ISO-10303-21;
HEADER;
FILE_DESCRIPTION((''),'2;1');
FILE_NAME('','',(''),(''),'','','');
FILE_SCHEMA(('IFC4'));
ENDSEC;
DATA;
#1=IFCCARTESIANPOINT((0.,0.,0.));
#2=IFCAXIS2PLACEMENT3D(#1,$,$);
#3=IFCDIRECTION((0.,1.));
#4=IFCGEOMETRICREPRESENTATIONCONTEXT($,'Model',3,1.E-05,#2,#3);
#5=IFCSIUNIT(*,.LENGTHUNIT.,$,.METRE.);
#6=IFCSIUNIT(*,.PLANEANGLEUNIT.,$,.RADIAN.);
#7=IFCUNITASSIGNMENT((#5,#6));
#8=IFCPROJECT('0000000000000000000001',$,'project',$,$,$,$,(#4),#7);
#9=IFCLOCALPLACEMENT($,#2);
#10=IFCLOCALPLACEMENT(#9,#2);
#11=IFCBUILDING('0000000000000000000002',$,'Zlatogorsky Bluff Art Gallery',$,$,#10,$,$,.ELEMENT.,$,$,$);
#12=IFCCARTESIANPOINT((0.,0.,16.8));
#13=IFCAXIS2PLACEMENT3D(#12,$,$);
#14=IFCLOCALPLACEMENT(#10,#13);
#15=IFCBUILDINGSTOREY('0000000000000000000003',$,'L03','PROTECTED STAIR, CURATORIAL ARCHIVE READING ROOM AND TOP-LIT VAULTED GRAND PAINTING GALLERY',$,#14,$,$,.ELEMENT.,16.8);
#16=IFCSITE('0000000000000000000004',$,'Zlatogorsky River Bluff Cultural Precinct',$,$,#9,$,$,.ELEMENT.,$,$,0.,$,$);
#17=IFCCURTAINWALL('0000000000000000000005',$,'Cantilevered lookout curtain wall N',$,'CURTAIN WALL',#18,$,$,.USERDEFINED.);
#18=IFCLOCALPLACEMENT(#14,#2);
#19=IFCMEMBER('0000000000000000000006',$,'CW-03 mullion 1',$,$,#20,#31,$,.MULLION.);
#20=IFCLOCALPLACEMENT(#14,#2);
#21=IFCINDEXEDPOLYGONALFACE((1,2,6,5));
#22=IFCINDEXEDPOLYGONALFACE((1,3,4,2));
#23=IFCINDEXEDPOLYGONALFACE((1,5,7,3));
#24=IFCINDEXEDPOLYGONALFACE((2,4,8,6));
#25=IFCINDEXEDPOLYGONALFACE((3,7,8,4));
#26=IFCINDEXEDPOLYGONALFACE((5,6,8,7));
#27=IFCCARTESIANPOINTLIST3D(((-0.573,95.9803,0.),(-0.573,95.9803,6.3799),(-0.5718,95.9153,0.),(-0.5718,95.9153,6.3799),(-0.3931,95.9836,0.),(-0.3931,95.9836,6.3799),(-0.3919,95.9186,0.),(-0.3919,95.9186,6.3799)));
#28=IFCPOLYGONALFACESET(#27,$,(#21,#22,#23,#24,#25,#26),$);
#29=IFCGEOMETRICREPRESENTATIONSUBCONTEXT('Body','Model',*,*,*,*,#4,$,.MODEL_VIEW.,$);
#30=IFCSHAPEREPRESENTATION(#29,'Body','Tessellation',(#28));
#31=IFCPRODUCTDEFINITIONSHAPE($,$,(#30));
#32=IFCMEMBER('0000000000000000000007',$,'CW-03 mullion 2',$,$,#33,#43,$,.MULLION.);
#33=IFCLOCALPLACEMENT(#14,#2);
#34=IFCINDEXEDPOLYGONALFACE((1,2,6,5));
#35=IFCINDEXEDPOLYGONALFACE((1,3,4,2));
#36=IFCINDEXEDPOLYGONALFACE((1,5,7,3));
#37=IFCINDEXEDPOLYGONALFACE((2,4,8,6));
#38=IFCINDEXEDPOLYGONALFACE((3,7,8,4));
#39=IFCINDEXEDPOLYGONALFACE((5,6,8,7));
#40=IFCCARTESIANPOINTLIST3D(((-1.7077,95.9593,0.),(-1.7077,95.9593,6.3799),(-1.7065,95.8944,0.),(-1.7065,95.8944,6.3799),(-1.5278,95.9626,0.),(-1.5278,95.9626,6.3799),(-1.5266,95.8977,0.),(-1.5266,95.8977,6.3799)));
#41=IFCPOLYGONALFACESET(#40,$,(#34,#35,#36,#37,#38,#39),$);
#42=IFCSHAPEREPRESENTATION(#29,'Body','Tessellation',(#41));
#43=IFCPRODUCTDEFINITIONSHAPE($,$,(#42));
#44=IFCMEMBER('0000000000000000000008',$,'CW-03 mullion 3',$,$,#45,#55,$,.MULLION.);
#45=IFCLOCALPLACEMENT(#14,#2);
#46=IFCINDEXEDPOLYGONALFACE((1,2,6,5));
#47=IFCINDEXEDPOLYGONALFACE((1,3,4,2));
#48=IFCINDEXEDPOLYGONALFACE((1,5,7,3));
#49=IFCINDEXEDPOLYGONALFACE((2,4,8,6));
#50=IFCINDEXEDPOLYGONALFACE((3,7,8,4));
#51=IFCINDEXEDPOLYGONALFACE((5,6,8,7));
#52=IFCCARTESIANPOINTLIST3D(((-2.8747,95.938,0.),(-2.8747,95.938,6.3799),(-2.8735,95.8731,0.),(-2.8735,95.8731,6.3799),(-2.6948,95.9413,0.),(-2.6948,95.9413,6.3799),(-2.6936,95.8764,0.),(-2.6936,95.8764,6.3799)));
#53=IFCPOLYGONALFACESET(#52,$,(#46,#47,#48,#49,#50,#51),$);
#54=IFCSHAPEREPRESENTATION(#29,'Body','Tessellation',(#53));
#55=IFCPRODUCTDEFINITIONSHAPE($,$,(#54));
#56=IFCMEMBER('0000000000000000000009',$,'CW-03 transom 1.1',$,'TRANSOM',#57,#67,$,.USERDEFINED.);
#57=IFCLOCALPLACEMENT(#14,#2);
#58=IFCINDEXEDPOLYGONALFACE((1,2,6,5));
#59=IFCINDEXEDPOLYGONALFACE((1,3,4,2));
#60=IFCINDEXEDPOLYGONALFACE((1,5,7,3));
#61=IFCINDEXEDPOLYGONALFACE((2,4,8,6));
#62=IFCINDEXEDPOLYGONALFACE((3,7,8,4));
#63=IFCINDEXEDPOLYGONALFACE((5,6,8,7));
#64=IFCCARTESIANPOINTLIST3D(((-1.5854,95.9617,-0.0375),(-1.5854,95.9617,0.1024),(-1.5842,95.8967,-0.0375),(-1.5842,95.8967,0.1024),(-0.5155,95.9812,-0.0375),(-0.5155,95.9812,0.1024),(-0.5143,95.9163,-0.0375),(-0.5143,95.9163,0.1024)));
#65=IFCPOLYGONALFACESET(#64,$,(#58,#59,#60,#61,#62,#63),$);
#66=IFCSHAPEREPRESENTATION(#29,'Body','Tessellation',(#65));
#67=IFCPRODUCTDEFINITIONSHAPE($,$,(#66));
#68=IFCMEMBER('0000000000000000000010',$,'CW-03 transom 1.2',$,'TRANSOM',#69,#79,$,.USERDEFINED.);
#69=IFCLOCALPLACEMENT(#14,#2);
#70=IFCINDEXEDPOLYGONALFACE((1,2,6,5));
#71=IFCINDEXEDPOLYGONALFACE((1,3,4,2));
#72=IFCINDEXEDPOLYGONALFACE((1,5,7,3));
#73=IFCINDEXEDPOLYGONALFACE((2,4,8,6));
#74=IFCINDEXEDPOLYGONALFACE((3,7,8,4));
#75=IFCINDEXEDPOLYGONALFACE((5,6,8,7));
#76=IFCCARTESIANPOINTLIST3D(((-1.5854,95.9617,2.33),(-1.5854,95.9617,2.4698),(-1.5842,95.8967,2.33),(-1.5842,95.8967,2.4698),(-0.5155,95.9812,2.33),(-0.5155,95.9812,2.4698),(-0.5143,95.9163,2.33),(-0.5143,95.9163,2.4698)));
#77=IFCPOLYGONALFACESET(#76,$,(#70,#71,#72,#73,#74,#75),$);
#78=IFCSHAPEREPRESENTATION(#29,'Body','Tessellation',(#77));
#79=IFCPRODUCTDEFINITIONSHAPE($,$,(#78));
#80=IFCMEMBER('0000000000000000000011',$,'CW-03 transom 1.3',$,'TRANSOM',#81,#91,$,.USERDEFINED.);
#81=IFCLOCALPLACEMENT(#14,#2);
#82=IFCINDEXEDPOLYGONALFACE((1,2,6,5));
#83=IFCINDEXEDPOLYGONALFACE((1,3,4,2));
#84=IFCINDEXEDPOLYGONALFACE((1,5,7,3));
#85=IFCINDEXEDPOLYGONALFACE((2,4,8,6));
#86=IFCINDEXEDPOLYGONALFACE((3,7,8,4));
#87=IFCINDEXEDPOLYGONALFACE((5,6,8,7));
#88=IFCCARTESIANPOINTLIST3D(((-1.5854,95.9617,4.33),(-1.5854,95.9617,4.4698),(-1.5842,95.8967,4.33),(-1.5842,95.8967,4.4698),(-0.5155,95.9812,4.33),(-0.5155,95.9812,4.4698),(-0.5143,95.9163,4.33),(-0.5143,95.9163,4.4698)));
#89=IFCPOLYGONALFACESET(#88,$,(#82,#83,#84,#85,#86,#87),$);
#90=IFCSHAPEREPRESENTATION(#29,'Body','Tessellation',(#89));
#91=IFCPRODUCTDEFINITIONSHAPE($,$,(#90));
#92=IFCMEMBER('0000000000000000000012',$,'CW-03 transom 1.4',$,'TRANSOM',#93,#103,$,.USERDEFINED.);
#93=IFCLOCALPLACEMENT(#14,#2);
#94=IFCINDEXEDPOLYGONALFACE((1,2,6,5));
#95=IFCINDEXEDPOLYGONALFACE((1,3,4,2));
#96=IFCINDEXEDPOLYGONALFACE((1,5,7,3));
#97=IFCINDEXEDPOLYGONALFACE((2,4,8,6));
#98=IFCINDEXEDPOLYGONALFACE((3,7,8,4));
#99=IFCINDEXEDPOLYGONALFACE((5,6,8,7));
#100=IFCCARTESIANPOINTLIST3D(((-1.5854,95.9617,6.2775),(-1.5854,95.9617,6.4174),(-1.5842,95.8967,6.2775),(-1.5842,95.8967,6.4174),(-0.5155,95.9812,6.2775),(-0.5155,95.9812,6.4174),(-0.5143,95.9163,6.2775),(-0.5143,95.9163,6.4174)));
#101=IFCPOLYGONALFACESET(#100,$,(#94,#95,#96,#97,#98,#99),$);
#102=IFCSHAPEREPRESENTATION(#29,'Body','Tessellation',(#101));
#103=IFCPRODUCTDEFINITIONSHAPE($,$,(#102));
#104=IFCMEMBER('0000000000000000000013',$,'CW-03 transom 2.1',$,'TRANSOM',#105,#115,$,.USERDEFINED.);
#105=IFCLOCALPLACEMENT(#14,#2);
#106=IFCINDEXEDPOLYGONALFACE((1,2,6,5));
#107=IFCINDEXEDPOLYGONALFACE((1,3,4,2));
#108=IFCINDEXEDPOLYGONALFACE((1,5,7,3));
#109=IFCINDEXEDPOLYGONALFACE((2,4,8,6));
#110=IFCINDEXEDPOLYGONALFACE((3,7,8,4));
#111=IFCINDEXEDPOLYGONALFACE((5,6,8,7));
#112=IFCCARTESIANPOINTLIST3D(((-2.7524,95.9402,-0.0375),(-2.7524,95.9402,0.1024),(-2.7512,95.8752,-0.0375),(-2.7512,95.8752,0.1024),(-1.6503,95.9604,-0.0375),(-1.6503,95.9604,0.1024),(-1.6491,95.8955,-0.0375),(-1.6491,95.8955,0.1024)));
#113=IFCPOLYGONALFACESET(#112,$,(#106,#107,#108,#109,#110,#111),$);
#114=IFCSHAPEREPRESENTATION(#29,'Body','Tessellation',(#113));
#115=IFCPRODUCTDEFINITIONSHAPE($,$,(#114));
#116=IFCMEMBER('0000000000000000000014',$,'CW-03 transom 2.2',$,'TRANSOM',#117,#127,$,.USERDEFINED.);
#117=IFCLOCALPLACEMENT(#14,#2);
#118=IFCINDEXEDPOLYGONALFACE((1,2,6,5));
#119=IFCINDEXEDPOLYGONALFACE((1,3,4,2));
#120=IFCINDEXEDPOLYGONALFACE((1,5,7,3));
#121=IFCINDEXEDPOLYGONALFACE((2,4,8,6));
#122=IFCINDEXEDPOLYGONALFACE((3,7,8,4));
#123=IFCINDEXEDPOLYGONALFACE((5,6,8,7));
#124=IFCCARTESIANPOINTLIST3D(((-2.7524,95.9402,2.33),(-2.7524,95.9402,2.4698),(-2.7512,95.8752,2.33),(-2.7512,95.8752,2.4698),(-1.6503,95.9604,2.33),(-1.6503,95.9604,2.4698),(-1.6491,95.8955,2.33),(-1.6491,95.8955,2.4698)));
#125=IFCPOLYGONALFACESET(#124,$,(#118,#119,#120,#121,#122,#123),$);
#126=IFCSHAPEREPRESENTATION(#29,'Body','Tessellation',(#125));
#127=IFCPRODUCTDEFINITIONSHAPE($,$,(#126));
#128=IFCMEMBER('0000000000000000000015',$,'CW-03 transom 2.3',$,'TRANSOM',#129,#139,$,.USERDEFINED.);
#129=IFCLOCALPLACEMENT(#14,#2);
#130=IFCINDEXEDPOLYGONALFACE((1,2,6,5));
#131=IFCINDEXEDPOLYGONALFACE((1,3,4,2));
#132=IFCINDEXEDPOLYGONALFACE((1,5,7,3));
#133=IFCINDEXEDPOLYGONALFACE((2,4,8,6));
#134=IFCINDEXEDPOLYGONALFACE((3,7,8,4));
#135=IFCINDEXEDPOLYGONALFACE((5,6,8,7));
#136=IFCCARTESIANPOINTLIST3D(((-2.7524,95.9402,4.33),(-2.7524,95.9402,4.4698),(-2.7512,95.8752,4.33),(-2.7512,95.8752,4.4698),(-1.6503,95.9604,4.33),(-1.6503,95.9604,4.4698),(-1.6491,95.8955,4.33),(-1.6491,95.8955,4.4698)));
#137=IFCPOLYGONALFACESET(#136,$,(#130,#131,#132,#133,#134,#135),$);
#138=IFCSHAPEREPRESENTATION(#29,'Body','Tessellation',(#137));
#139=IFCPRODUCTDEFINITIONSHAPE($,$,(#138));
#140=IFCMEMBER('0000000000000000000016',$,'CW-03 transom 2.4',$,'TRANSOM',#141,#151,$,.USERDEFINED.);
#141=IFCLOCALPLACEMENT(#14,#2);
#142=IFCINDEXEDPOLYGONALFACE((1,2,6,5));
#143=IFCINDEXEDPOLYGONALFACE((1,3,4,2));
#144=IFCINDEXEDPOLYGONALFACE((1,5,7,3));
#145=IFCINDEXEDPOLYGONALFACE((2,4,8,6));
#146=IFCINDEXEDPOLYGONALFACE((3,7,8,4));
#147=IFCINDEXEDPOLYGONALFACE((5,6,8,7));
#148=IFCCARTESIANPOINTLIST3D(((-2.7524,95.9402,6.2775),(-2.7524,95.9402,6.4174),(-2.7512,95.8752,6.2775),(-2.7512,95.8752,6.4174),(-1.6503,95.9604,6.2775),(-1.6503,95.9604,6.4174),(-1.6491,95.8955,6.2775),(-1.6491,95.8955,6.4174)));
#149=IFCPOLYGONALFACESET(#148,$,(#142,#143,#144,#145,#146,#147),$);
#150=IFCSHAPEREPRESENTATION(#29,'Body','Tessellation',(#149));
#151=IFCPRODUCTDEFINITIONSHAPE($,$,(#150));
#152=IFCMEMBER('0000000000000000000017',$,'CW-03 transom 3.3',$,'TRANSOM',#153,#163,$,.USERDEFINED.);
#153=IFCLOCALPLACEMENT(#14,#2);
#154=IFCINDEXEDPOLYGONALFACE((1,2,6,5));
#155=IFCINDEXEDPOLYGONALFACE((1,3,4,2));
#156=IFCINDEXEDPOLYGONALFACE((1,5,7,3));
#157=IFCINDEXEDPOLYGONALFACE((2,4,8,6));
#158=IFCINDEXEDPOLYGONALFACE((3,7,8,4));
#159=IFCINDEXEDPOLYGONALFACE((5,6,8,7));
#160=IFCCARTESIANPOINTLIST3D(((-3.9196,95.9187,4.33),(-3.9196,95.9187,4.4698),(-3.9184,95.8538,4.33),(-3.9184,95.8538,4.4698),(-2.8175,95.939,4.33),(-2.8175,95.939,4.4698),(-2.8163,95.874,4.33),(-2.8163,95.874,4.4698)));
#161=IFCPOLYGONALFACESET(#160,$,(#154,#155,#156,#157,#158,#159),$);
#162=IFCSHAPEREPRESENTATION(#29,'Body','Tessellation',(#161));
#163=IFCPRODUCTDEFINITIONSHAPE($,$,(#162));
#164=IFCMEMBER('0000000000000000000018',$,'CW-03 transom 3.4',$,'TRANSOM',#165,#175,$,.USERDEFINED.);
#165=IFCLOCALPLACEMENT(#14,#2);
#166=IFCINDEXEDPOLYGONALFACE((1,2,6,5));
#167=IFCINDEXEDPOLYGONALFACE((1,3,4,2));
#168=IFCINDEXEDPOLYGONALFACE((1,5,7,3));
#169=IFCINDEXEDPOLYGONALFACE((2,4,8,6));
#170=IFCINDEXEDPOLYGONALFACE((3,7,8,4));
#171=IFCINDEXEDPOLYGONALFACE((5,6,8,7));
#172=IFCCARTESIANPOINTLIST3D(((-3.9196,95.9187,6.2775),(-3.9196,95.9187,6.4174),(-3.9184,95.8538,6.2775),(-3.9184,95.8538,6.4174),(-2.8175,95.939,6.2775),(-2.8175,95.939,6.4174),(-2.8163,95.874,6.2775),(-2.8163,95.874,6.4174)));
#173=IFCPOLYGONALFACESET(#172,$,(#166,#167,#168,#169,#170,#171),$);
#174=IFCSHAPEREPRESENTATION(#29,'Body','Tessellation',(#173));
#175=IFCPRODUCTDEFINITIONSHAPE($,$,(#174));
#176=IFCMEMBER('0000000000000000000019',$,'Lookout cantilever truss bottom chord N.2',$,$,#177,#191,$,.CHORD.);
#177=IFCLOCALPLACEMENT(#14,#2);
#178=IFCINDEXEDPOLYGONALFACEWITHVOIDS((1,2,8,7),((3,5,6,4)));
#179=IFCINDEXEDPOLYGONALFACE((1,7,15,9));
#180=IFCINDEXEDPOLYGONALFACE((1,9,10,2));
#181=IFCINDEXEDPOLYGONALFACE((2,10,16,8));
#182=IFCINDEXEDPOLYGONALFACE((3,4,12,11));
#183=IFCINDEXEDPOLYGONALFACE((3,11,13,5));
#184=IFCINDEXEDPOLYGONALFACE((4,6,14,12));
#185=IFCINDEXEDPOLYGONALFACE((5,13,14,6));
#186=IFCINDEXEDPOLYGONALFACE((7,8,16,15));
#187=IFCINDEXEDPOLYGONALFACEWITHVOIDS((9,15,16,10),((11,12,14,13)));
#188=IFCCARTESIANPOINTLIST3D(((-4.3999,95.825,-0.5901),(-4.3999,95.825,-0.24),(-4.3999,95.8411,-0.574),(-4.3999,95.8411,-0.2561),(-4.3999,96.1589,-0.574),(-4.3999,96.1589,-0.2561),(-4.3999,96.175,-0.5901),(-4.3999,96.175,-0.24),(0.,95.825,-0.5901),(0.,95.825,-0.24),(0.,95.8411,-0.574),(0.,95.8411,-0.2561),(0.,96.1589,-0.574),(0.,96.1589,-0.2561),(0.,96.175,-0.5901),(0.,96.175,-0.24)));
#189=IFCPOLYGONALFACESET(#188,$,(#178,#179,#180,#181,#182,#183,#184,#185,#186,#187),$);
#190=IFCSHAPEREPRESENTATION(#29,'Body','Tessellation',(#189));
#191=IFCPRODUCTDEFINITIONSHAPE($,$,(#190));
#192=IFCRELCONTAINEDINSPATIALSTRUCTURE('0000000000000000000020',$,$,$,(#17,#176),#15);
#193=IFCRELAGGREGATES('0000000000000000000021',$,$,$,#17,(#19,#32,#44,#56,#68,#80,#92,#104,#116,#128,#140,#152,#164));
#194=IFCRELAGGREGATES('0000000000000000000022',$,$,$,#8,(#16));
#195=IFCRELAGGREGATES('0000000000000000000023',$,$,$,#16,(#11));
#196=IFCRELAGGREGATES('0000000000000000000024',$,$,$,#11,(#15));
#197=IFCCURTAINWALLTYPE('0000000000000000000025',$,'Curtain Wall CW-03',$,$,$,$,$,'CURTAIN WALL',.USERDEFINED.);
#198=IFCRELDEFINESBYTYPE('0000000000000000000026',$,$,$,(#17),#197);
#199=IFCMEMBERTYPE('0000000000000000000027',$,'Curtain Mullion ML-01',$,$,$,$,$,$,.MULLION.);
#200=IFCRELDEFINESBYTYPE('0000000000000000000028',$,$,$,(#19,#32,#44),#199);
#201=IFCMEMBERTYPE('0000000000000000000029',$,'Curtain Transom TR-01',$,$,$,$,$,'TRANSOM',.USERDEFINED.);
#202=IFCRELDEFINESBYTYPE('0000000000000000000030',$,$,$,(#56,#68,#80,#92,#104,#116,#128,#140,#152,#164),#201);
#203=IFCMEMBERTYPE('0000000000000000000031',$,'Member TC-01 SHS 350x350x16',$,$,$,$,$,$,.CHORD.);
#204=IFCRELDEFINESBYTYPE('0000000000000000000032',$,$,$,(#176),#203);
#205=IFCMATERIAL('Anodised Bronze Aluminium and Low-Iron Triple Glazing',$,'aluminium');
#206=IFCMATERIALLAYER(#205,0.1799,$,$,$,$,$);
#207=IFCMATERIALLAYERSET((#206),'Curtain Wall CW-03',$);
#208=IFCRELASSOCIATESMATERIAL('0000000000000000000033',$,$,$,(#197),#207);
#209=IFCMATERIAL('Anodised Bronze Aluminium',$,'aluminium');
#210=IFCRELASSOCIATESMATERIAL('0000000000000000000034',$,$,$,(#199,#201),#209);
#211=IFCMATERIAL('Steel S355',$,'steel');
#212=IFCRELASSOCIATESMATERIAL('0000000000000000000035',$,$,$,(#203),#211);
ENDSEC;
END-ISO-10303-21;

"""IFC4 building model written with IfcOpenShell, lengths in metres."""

from ifc_helpers import new_model, si_unit, direction, frame, origin, origin_2d, place, context, subcontext, project, spatial, rectangle, hollow_rectangle, extrude, material, layer, layer_set, material_profile, profile_set, type_object, element, aggregate, save


model = new_model("IFC4")

# Units and contexts
model_context = context("Model", 3, precision=1e-05, world=origin(), true_north=direction((0.0, 1.0)))
body_context = subcontext(model_context, "Body", "Model", "MODEL_VIEW")
ifc_project = project(units=[si_unit("LENGTHUNIT", "METRE"), si_unit("PLANEANGLEUNIT", "RADIAN")], contexts=[model_context])

# Site, building, storey
site_placement = place(None, origin())
site = spatial("IfcSite", under=ifc_project, at=site_placement, Name="Zlatogorsky River Bluff Cultural Precinct", CompositionType="ELEMENT", RefElevation=0.0)
building_placement = place(site_placement, origin())
building = spatial("IfcBuilding", under=site, at=building_placement, Name="Zlatogorsky Bluff Art Gallery", CompositionType="ELEMENT")
storey_placement = place(building_placement, frame((0.0, 0.0, 16.8)))
storey = spatial("IfcBuildingStorey", under=building, at=storey_placement, Name="L03", Description="PROTECTED STAIR, CURATORIAL ARCHIVE READING ROOM AND TOP-LIT VAULTED GRAND PAINTING GALLERY", CompositionType="ELEMENT", Elevation=16.8)

# Curtain wall, members
ifc_material_1 = material(Name="Anodised Bronze Aluminium and Low-Iron Triple Glazing", Category="aluminium")
ifc_layer_1 = layer(ifc_material_1, 0.1799)
ifc_layer_set_1 = layer_set([ifc_layer_1], Name="Curtain Wall CW-03")
curtain_wall_type = type_object("IfcCurtainWallType", Name="Curtain Wall CW-03", ElementType="CURTAIN WALL", PredefinedType="USERDEFINED", material=ifc_layer_set_1)
curtain_wall_placement = place(storey_placement, origin())
curtain_wall = element("IfcCurtainWall", 1, at=curtain_wall_placement, inside=storey, type_object=curtain_wall_type, Name="Cantilevered lookout curtain wall N", ObjectType="CURTAIN WALL", PredefinedType="USERDEFINED")
ifc_material_2 = material(Name="Anodised Bronze Aluminium", Category="aluminium")
ifc_material_profile_1 = material_profile(ifc_material_2, rectangle(XDim=0.0649, YDim=0.1799, at=origin_2d()), Name="ALU MULLION 65x180")
ifc_profile_set_1 = profile_set([ifc_material_profile_1], Name="Anodised Bronze Aluminium")
member_type_1 = type_object("IfcMemberType", Name="Curtain Mullion ML-01", PredefinedType="MULLION", material=ifc_profile_set_1)
member_1_placement = place(storey_placement, frame((-0.4824, 95.9495, 0.0), z_axis=(0.0, 0.0, 1.0), x_axis=(0.018357, -0.999832, 0.0)))
member_1 = element("IfcMember", 2, at=member_1_placement, type_object=member_type_1, Name="CW-03 mullion 1", PredefinedType="MULLION", context=body_context, shape_type="SweptSolid", body=[
    extrude(rectangle(XDim=0.0649, YDim=0.1799, at=origin_2d()), origin(), (0.0, 0.0, 1.0), 6.3799),
])
member_2_placement = place(storey_placement, frame((-1.6172, 95.9285, 0.0), z_axis=(0.0, 0.0, 1.0), x_axis=(0.018357, -0.999832, 0.0)))
member_2 = element("IfcMember", 3, at=member_2_placement, type_object=member_type_1, Name="CW-03 mullion 2", PredefinedType="MULLION", context=body_context, shape_type="SweptSolid", body=[
    extrude(rectangle(XDim=0.0649, YDim=0.1799, at=origin_2d()), origin(), (0.0, 0.0, 1.0), 6.3799),
])
member_3_placement = place(storey_placement, frame((-2.7842, 95.9072, 0.0), z_axis=(0.0, 0.0, 1.0), x_axis=(0.018357, -0.999832, 0.0)))
member_3 = element("IfcMember", 4, at=member_3_placement, type_object=member_type_1, Name="CW-03 mullion 3", PredefinedType="MULLION", context=body_context, shape_type="SweptSolid", body=[
    extrude(rectangle(XDim=0.0649, YDim=0.1799, at=origin_2d()), origin(), (0.0, 0.0, 1.0), 6.3799),
])
ifc_material_profile_2 = material_profile(ifc_material_2, rectangle(XDim=0.0649, YDim=0.1399, at=origin_2d()), Name="ALU TRANSOM 65x140")
ifc_profile_set_2 = profile_set([ifc_material_profile_2], Name="Anodised Bronze Aluminium")
member_type_2 = type_object("IfcMemberType", Name="Curtain Transom TR-01", ElementType="TRANSOM", PredefinedType="USERDEFINED", material=ifc_profile_set_2)
member_4_placement = place(storey_placement, frame((-0.5149, 95.9487, 0.0325), z_axis=(-0.999833, -0.018253, 0.0), x_axis=(0.018253, -0.999833, 0.0)))
member_4 = element("IfcMember", 5, at=member_4_placement, type_object=member_type_2, Name="CW-03 transom 1.1", ObjectType="TRANSOM", PredefinedType="USERDEFINED", context=body_context, shape_type="SweptSolid", body=[
    extrude(rectangle(XDim=0.0649, YDim=0.1399, at=origin_2d()), origin(), (0.0, 0.0, 1.0), 1.0701),
])
member_5_placement = place(storey_placement, frame((-0.5149, 95.9487, 2.3999), z_axis=(-0.999833, -0.018253, 0.0), x_axis=(0.018253, -0.999833, 0.0)))
member_5 = element("IfcMember", 6, at=member_5_placement, type_object=member_type_2, Name="CW-03 transom 1.2", ObjectType="TRANSOM", PredefinedType="USERDEFINED", context=body_context, shape_type="SweptSolid", body=[
    extrude(rectangle(XDim=0.0649, YDim=0.1399, at=origin_2d()), origin(), (0.0, 0.0, 1.0), 1.0701),
])
member_6_placement = place(storey_placement, frame((-0.5149, 95.9487, 4.3999), z_axis=(-0.999833, -0.018253, 0.0), x_axis=(0.018253, -0.999833, 0.0)))
member_6 = element("IfcMember", 7, at=member_6_placement, type_object=member_type_2, Name="CW-03 transom 1.3", ObjectType="TRANSOM", PredefinedType="USERDEFINED", context=body_context, shape_type="SweptSolid", body=[
    extrude(rectangle(XDim=0.0649, YDim=0.1399, at=origin_2d()), origin(), (0.0, 0.0, 1.0), 1.0701),
])
member_7_placement = place(storey_placement, frame((-0.5149, 95.9487, 6.3474), z_axis=(-0.999833, -0.018253, 0.0), x_axis=(0.018253, -0.999833, 0.0)))
member_7 = element("IfcMember", 8, at=member_7_placement, type_object=member_type_2, Name="CW-03 transom 1.4", ObjectType="TRANSOM", PredefinedType="USERDEFINED", context=body_context, shape_type="SweptSolid", body=[
    extrude(rectangle(XDim=0.0649, YDim=0.1399, at=origin_2d()), origin(), (0.0, 0.0, 1.0), 1.0701),
])
member_8_placement = place(storey_placement, frame((-1.6497, 95.928, 0.0325), z_axis=(-0.999831, -0.018384, 0.0), x_axis=(0.018384, -0.999831, 0.0)))
member_8 = element("IfcMember", 9, at=member_8_placement, type_object=member_type_2, Name="CW-03 transom 2.1", ObjectType="TRANSOM", PredefinedType="USERDEFINED", context=body_context, shape_type="SweptSolid", body=[
    extrude(rectangle(XDim=0.0649, YDim=0.1399, at=origin_2d()), origin(), (0.0, 0.0, 1.0), 1.1023),
])
member_9_placement = place(storey_placement, frame((-1.6497, 95.928, 2.3999), z_axis=(-0.999831, -0.018384, 0.0), x_axis=(0.018384, -0.999831, 0.0)))
member_9 = element("IfcMember", 10, at=member_9_placement, type_object=member_type_2, Name="CW-03 transom 2.2", ObjectType="TRANSOM", PredefinedType="USERDEFINED", context=body_context, shape_type="SweptSolid", body=[
    extrude(rectangle(XDim=0.0649, YDim=0.1399, at=origin_2d()), origin(), (0.0, 0.0, 1.0), 1.1023),
])
member_10_placement = place(storey_placement, frame((-1.6497, 95.928, 4.3999), z_axis=(-0.999831, -0.018384, 0.0), x_axis=(0.018384, -0.999831, 0.0)))
member_10 = element("IfcMember", 11, at=member_10_placement, type_object=member_type_2, Name="CW-03 transom 2.3", ObjectType="TRANSOM", PredefinedType="USERDEFINED", context=body_context, shape_type="SweptSolid", body=[
    extrude(rectangle(XDim=0.0649, YDim=0.1399, at=origin_2d()), origin(), (0.0, 0.0, 1.0), 1.1023),
])
member_11_placement = place(storey_placement, frame((-1.6497, 95.928, 6.3474), z_axis=(-0.999831, -0.018384, 0.0), x_axis=(0.018384, -0.999831, 0.0)))
member_11 = element("IfcMember", 12, at=member_11_placement, type_object=member_type_2, Name="CW-03 transom 2.4", ObjectType="TRANSOM", PredefinedType="USERDEFINED", context=body_context, shape_type="SweptSolid", body=[
    extrude(rectangle(XDim=0.0649, YDim=0.1399, at=origin_2d()), origin(), (0.0, 0.0, 1.0), 1.1023),
])
member_12_placement = place(storey_placement, frame((-2.8169, 95.9065, 4.3999), z_axis=(-0.999831, -0.018384, 0.0), x_axis=(0.018384, -0.999831, 0.0)))
member_12 = element("IfcMember", 13, at=member_12_placement, type_object=member_type_2, Name="CW-03 transom 3.3", ObjectType="TRANSOM", PredefinedType="USERDEFINED", context=body_context, shape_type="SweptSolid", body=[
    extrude(rectangle(XDim=0.0649, YDim=0.1399, at=origin_2d()), origin(), (0.0, 0.0, 1.0), 1.1023),
])
member_13_placement = place(storey_placement, frame((-2.8169, 95.9065, 6.3474), z_axis=(-0.999831, -0.018384, 0.0), x_axis=(0.018384, -0.999831, 0.0)))
member_13 = element("IfcMember", 14, at=member_13_placement, type_object=member_type_2, Name="CW-03 transom 3.4", ObjectType="TRANSOM", PredefinedType="USERDEFINED", context=body_context, shape_type="SweptSolid", body=[
    extrude(rectangle(XDim=0.0649, YDim=0.1399, at=origin_2d()), origin(), (0.0, 0.0, 1.0), 1.1023),
])

# Member
ifc_material_3 = material(Name="Steel S355", Category="steel")
ifc_material_profile_3 = material_profile(ifc_material_3, hollow_rectangle(XDim=0.3501, YDim=0.3501, WallThickness=0.0161, at=origin_2d()), Name="SHS 350x350x16")
ifc_profile_set_3 = profile_set([ifc_material_profile_3], Name="Steel S355")
member_type_3 = type_object("IfcMemberType", Name="Member TC-01 SHS 350x350x16", PredefinedType="CHORD", material=ifc_profile_set_3)
for number, where, z_axis, x_axis, name in (
    (15, (-4.3999, 96.0, -0.415), (1.0, 0.0, 0.0), (0.0, 1.0, 0.0), "Lookout cantilever truss bottom chord N.2"),
):
    element("IfcMember", number, at=place(storey_placement, frame(where, z_axis=z_axis, x_axis=x_axis)), inside=storey, type_object=member_type_3, Name=name, PredefinedType="CHORD", context=body_context, shape_type="SweptSolid", body=[
        extrude(hollow_rectangle(XDim=0.3501, YDim=0.3501, WallThickness=0.0161, at=origin_2d()), origin(), (0.0, 0.0, 1.0), 4.3999),
    ])

aggregate(curtain_wall, [member_1, member_2, member_3, member_4, member_5, member_6, member_7, member_8, member_9, member_10, member_11, member_12, member_13])

save(model, "model.ifc")
